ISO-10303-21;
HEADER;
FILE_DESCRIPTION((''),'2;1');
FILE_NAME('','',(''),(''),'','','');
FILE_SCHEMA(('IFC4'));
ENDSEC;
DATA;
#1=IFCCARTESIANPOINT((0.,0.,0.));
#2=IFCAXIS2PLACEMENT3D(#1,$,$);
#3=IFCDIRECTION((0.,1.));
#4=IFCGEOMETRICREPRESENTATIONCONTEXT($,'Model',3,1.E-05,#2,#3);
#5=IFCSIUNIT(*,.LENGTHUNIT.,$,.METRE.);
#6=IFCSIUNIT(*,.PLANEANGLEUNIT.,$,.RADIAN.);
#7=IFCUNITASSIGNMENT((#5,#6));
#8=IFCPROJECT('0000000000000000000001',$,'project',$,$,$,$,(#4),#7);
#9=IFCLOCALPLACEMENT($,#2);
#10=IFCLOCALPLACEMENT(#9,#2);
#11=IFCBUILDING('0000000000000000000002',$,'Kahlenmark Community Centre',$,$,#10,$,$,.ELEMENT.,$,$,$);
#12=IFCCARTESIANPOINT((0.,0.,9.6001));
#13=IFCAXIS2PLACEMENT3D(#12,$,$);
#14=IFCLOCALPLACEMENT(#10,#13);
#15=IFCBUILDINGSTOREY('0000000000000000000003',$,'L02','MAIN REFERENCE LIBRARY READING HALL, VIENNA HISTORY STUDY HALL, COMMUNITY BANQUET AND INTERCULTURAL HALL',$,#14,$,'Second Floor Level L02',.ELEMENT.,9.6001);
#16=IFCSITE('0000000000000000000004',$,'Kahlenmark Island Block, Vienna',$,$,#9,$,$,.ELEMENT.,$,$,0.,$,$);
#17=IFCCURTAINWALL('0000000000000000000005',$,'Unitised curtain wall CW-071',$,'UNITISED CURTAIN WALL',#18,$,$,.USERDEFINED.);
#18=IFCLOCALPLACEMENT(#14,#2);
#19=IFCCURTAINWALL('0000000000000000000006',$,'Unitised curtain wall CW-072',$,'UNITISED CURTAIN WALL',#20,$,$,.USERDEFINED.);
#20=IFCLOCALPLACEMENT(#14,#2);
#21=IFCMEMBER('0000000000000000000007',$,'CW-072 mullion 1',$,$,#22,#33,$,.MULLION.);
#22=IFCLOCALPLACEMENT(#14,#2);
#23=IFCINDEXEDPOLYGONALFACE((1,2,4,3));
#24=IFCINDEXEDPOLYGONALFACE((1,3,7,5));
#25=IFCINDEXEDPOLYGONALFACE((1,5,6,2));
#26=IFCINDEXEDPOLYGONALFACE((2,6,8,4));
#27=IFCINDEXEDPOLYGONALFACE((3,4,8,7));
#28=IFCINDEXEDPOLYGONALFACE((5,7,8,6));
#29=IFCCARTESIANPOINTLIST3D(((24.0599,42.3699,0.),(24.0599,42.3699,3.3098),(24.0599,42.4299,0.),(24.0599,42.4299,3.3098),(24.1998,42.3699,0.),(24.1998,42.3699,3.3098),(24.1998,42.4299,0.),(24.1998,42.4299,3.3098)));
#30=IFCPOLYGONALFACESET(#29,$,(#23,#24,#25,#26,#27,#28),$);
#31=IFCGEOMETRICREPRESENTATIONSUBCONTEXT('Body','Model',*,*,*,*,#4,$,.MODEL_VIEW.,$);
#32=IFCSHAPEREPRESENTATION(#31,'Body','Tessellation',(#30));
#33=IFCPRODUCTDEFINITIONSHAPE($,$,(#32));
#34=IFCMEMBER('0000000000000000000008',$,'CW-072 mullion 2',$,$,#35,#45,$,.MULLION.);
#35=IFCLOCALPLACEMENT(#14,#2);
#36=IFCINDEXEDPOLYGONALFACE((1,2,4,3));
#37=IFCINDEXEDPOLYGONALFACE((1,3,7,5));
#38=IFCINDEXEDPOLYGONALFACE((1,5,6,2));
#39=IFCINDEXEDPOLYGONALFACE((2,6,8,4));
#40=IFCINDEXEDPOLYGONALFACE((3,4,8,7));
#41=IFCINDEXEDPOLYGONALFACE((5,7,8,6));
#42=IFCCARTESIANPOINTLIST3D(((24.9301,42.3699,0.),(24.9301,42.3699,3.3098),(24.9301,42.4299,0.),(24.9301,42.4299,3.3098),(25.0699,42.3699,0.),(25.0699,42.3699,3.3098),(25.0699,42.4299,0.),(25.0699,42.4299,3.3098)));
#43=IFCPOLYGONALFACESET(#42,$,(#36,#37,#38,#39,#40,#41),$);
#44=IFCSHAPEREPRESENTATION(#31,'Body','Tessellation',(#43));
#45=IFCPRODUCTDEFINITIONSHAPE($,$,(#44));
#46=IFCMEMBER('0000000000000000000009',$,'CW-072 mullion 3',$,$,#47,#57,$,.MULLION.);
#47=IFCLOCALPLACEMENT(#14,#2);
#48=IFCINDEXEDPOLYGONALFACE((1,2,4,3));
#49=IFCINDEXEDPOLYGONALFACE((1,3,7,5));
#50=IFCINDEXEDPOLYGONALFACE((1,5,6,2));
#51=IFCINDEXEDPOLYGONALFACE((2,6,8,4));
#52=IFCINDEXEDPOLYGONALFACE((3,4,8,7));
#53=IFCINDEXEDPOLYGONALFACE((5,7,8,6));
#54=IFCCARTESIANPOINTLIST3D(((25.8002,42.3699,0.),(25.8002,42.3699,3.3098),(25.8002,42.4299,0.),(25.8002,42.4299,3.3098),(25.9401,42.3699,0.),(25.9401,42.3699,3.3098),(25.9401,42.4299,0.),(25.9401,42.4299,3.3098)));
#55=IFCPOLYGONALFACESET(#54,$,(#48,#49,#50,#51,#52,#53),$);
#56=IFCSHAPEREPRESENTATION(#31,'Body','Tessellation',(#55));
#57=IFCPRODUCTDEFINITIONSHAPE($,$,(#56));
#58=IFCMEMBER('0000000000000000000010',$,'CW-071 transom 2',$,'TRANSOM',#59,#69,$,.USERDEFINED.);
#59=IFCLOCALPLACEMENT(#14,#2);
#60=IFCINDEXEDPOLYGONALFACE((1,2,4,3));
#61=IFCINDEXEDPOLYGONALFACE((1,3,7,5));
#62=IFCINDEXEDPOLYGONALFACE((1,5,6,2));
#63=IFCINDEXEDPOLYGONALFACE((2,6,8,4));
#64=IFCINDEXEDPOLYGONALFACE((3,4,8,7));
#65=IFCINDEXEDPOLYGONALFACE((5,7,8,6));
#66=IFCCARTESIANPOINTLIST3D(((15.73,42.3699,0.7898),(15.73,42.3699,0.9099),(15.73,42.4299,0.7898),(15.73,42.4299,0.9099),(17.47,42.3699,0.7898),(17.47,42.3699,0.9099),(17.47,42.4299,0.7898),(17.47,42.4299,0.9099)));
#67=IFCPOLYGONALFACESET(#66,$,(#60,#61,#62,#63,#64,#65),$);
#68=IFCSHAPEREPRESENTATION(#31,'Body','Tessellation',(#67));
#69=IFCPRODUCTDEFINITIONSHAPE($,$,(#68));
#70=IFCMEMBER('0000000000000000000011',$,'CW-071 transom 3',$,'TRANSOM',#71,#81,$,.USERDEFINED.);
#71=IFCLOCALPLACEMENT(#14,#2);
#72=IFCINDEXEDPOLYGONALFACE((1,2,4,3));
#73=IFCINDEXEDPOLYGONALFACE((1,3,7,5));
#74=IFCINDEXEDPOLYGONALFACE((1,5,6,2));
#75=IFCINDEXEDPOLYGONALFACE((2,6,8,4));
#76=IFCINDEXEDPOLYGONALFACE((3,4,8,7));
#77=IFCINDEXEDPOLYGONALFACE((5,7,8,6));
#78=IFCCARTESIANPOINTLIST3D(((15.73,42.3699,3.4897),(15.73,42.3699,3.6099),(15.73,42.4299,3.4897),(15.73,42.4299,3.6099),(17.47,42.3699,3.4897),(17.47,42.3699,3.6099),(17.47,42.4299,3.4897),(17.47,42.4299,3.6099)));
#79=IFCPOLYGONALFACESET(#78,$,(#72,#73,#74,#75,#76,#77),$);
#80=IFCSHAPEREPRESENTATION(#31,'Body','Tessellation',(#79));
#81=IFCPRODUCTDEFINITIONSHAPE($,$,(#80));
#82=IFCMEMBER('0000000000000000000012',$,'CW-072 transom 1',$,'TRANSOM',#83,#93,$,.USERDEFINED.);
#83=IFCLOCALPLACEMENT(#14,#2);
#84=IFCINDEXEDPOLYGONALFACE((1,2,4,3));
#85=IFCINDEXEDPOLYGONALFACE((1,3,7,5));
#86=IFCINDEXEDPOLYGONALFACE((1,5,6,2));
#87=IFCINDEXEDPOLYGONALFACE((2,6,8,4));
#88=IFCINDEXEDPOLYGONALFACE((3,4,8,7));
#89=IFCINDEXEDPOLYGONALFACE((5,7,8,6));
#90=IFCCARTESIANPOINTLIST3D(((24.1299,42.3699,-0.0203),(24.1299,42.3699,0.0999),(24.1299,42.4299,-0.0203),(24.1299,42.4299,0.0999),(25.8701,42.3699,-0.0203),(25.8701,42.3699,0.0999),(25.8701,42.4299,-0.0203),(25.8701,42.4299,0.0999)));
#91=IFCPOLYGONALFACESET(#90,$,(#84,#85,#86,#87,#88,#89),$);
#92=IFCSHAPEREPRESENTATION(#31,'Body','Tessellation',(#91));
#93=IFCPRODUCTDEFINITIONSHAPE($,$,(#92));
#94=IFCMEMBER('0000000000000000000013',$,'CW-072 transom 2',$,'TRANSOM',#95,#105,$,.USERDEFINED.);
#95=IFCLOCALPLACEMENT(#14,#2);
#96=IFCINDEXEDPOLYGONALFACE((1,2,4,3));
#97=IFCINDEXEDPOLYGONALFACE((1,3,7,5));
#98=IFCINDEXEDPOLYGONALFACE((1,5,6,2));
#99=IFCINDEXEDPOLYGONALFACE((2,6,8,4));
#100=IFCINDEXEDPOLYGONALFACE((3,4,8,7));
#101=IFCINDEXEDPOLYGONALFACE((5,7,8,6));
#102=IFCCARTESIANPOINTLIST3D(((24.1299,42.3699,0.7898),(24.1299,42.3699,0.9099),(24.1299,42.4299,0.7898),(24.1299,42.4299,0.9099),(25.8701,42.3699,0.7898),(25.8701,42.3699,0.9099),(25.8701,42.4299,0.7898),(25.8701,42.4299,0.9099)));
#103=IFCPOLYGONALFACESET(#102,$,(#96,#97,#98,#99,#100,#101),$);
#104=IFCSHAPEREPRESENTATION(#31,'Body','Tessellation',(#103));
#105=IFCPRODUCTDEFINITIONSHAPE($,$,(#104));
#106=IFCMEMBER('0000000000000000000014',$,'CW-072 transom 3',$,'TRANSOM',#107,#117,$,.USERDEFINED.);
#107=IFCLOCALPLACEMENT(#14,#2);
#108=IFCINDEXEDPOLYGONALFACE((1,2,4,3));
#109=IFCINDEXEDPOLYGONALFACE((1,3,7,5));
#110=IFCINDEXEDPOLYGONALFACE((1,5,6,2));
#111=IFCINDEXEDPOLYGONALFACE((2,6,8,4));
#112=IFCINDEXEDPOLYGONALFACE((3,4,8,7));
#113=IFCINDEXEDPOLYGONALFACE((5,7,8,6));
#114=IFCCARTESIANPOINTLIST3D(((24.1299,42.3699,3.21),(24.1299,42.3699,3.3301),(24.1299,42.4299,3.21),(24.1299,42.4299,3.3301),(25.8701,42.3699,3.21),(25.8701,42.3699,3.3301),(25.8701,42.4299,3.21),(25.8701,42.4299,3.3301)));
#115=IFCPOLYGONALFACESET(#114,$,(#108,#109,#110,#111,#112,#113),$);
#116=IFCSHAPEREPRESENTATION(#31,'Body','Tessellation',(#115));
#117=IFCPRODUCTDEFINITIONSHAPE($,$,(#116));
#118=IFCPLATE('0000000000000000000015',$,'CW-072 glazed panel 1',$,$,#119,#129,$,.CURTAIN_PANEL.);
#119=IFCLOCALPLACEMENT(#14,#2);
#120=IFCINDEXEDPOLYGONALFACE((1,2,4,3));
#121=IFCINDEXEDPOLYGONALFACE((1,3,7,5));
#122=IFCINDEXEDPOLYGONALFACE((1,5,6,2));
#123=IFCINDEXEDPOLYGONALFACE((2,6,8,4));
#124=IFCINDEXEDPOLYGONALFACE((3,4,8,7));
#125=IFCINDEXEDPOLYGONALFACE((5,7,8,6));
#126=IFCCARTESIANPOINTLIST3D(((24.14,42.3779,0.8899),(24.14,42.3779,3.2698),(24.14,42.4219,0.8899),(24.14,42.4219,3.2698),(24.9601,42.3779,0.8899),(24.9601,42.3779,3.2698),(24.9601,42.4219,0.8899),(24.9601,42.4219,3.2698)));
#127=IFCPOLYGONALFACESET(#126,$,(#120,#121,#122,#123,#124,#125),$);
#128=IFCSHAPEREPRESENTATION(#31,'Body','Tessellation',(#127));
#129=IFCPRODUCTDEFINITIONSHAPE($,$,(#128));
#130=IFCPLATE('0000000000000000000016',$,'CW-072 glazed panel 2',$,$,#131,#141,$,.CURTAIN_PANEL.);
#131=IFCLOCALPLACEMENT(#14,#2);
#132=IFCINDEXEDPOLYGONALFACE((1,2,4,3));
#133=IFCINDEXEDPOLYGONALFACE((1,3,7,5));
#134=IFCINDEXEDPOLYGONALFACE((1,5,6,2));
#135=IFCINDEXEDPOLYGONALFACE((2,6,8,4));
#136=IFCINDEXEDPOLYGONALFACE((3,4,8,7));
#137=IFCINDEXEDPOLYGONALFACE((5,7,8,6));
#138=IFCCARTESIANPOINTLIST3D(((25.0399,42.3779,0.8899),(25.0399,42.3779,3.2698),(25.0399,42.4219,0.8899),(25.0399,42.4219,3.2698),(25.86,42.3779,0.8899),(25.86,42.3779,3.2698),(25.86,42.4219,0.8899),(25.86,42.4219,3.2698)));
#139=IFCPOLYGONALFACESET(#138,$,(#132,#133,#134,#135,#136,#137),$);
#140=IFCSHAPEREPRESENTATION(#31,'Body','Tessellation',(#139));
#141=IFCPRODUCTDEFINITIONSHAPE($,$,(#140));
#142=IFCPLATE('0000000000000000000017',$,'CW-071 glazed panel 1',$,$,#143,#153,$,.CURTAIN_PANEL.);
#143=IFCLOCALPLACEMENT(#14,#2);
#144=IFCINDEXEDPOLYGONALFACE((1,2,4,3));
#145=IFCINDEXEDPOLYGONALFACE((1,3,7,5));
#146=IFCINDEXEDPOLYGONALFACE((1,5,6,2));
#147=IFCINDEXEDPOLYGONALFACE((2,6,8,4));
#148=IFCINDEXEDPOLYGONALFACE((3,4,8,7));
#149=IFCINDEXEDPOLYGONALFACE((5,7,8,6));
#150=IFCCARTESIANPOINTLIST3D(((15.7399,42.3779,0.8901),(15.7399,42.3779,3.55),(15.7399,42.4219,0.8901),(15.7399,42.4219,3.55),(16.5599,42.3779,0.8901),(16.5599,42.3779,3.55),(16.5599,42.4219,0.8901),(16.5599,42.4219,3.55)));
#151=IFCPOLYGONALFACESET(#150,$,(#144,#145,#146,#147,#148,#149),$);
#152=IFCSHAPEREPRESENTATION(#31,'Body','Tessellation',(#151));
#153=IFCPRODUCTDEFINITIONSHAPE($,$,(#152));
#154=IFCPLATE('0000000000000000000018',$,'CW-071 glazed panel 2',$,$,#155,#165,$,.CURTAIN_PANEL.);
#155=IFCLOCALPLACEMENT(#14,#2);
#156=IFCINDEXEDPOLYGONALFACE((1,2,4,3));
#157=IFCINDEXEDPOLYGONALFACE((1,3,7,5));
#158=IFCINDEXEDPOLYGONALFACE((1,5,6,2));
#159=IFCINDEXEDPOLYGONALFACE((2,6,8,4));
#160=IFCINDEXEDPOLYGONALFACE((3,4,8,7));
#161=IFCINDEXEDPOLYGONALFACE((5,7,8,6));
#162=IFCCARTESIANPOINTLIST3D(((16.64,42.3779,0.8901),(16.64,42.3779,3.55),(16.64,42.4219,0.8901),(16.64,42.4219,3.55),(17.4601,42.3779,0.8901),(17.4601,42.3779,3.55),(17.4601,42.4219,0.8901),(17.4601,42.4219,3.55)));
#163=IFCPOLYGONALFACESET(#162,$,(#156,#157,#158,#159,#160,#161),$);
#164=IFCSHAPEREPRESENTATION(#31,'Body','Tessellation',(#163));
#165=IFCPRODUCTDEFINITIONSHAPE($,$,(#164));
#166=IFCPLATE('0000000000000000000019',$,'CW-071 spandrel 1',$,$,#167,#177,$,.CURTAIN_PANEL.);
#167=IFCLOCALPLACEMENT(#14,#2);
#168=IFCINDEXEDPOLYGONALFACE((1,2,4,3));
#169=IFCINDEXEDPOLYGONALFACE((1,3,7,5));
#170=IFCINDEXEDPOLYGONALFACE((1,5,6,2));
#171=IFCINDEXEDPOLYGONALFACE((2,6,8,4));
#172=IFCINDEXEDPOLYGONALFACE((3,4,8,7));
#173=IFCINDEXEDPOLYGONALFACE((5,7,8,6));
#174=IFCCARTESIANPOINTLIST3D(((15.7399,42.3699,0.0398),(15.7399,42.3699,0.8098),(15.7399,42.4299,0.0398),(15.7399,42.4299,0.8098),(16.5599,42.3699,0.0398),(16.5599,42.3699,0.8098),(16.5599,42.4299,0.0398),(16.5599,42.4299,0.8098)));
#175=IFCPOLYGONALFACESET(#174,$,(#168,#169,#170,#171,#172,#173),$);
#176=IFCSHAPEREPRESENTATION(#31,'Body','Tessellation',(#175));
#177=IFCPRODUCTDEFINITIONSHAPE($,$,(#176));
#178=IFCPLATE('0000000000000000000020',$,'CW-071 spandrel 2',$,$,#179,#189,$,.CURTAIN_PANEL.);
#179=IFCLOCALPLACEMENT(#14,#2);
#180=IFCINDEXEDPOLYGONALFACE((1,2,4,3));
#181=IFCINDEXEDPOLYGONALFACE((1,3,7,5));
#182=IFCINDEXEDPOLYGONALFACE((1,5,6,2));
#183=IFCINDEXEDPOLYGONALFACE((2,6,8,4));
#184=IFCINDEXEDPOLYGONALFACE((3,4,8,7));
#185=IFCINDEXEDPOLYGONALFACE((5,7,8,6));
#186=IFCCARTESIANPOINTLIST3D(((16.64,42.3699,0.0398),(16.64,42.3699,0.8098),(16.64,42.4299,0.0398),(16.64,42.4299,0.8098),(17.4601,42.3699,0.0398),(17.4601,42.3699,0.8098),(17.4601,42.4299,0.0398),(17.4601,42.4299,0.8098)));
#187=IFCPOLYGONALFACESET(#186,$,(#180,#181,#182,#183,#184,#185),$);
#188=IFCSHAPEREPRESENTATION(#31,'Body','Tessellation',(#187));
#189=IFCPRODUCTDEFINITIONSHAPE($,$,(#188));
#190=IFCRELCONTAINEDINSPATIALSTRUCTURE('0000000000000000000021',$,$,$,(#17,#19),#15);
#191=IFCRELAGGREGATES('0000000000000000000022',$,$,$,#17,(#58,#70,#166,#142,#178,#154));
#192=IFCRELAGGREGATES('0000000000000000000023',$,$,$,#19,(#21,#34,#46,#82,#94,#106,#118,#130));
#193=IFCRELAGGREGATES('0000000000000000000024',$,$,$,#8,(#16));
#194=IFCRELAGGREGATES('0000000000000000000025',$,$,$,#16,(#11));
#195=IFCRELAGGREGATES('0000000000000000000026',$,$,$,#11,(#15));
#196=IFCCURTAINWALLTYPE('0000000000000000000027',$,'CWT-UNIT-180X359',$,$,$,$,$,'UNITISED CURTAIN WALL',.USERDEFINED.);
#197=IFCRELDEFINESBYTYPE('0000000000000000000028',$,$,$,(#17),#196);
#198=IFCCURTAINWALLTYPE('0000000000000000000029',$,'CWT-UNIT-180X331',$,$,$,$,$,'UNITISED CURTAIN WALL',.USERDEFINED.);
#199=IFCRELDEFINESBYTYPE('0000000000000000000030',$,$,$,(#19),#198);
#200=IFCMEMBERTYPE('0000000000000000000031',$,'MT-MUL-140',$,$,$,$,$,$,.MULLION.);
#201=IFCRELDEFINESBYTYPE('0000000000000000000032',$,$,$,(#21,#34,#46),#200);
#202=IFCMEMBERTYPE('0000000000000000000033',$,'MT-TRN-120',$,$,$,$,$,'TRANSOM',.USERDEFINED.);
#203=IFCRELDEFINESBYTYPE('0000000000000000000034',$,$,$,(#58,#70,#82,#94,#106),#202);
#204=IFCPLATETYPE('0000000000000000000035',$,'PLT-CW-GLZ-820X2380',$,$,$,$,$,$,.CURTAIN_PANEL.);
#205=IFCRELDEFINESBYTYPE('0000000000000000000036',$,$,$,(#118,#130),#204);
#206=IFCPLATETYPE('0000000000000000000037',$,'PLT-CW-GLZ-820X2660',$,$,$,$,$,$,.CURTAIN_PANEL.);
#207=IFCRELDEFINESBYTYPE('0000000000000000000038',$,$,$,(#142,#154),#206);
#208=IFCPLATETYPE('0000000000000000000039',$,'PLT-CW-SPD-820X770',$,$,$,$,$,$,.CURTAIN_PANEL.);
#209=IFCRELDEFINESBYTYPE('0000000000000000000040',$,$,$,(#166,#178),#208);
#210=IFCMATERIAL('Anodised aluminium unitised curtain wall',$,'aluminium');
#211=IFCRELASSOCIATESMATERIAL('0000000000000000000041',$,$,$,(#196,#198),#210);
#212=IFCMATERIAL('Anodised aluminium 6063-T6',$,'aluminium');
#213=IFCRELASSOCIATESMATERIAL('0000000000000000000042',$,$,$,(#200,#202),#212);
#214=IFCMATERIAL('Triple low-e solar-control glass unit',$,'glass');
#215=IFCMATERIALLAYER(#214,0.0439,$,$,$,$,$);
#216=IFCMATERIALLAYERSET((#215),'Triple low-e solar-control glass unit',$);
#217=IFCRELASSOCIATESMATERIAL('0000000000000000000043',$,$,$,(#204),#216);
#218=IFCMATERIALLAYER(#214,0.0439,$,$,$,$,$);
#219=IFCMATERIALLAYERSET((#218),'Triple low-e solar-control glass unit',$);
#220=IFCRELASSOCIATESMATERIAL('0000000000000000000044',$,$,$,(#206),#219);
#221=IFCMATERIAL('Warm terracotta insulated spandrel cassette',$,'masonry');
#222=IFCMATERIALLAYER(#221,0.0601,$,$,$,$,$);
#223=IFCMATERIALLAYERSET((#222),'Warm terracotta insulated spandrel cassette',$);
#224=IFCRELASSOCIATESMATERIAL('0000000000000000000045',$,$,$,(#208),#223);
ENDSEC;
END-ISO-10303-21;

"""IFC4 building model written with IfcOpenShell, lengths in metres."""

from ifc_helpers import new_model, si_unit, direction, frame, origin, origin_2d, place, context, subcontext, project, spatial, rectangle, extrude, material, layer, layer_set, material_profile, profile_set, type_object, element, aggregate, save


model = new_model("IFC4")

# Units and contexts
model_context = context("Model", 3, precision=1e-05, world=origin(), true_north=direction((0.0, 1.0)))
body_context = subcontext(model_context, "Body", "Model", "MODEL_VIEW")
ifc_project = project(units=[si_unit("LENGTHUNIT", "METRE"), si_unit("PLANEANGLEUNIT", "RADIAN")], contexts=[model_context])

# Site, building, storey
site_placement = place(None, origin())
site = spatial("IfcSite", under=ifc_project, at=site_placement, Name="Kahlenmark Island Block, Vienna", CompositionType="ELEMENT", RefElevation=0.0)
building_placement = place(site_placement, origin())
building = spatial("IfcBuilding", under=site, at=building_placement, Name="Kahlenmark Community Centre", CompositionType="ELEMENT")
storey_placement = place(building_placement, frame((0.0, 0.0, 9.6001)))
storey = spatial("IfcBuildingStorey", under=building, at=storey_placement, Name="L02", Description="MAIN REFERENCE LIBRARY READING HALL, VIENNA HISTORY STUDY HALL, COMMUNITY BANQUET AND INTERCULTURAL HALL", LongName="Second Floor Level L02", CompositionType="ELEMENT", Elevation=9.6001)

# Curtain walls, members
ifc_material_1 = material(Name="Anodised aluminium unitised curtain wall", Category="aluminium")
curtain_wall_type_1 = type_object("IfcCurtainWallType", Name="CWT-UNIT-180X359", ElementType="UNITISED CURTAIN WALL", PredefinedType="USERDEFINED", material=ifc_material_1)
curtain_wall_1_placement = place(storey_placement, origin())
curtain_wall_1 = element("IfcCurtainWall", 1, at=curtain_wall_1_placement, inside=storey, type_object=curtain_wall_type_1, Name="Unitised curtain wall CW-071", ObjectType="UNITISED CURTAIN WALL", PredefinedType="USERDEFINED")
ifc_material_2 = material(Name="Anodised aluminium 6063-T6", Category="aluminium")
ifc_material_profile_1 = material_profile(ifc_material_2, rectangle(XDim=0.0601, YDim=0.1399, at=origin_2d()), Name="ALU MULLION 60x140")
ifc_profile_set_1 = profile_set([ifc_material_profile_1], Name="Anodised aluminium 6063-T6")
member_type_1 = type_object("IfcMemberType", Name="MT-MUL-140", PredefinedType="MULLION", material=ifc_profile_set_1)
curtain_wall_type_2 = type_object("IfcCurtainWallType", Name="CWT-UNIT-180X331", ElementType="UNITISED CURTAIN WALL", PredefinedType="USERDEFINED", material=ifc_material_1)
curtain_wall_2_placement = place(storey_placement, origin())
curtain_wall_2 = element("IfcCurtainWall", 2, at=curtain_wall_2_placement, inside=storey, type_object=curtain_wall_type_2, Name="Unitised curtain wall CW-072", ObjectType="UNITISED CURTAIN WALL", PredefinedType="USERDEFINED")
member_1_placement = place(storey_placement, frame((24.1299, 42.3999, 0.0), z_axis=(0.0, 0.0, 1.0), x_axis=(0.0, 1.0, 0.0)))
member_1 = element("IfcMember", 3, at=member_1_placement, type_object=member_type_1, Name="CW-072 mullion 1", PredefinedType="MULLION", context=body_context, shape_type="SweptSolid", body=[
    extrude(rectangle(XDim=0.0601, YDim=0.1399, at=origin_2d()), origin(), (0.0, 0.0, 1.0), 3.3098),
])
member_2_placement = place(storey_placement, frame((25.0, 42.3999, 0.0), z_axis=(0.0, 0.0, 1.0), x_axis=(0.0, 1.0, 0.0)))
member_2 = element("IfcMember", 4, at=member_2_placement, type_object=member_type_1, Name="CW-072 mullion 2", PredefinedType="MULLION", context=body_context, shape_type="SweptSolid", body=[
    extrude(rectangle(XDim=0.0601, YDim=0.1399, at=origin_2d()), origin(), (0.0, 0.0, 1.0), 3.3098),
])
member_3_placement = place(storey_placement, frame((25.8701, 42.3999, 0.0), z_axis=(0.0, 0.0, 1.0), x_axis=(0.0, 1.0, 0.0)))
member_3 = element("IfcMember", 5, at=member_3_placement, type_object=member_type_1, Name="CW-072 mullion 3", PredefinedType="MULLION", context=body_context, shape_type="SweptSolid", body=[
    extrude(rectangle(XDim=0.0601, YDim=0.1399, at=origin_2d()), origin(), (0.0, 0.0, 1.0), 3.3098),
])

# Members
ifc_material_profile_2 = material_profile(ifc_material_2, rectangle(XDim=0.0601, YDim=0.1201, at=origin_2d()), Name="ALU TRANSOM 60x120")
ifc_profile_set_2 = profile_set([ifc_material_profile_2], Name="Anodised aluminium 6063-T6")
member_type_2 = type_object("IfcMemberType", Name="MT-TRN-120", ElementType="TRANSOM", PredefinedType="USERDEFINED", material=ifc_profile_set_2)
member_4_placement = place(storey_placement, frame((15.73, 42.3999, 0.8499), z_axis=(1.0, 0.0, 0.0), x_axis=(0.0, 1.0, 0.0)))
member_4 = element("IfcMember", 6, at=member_4_placement, type_object=member_type_2, Name="CW-071 transom 2", ObjectType="TRANSOM", PredefinedType="USERDEFINED", context=body_context, shape_type="SweptSolid", body=[
    extrude(rectangle(XDim=0.0601, YDim=0.1201, at=origin_2d()), origin(), (0.0, 0.0, 1.0), 1.74),
])
member_5_placement = place(storey_placement, frame((15.73, 42.3999, 3.5498), z_axis=(1.0, 0.0, 0.0), x_axis=(0.0, 1.0, 0.0)))
member_5 = element("IfcMember", 7, at=member_5_placement, type_object=member_type_2, Name="CW-071 transom 3", ObjectType="TRANSOM", PredefinedType="USERDEFINED", context=body_context, shape_type="SweptSolid", body=[
    extrude(rectangle(XDim=0.0601, YDim=0.1201, at=origin_2d()), origin(), (0.0, 0.0, 1.0), 1.74),
])
member_6_placement = place(storey_placement, frame((24.1299, 42.3999, 0.0398), z_axis=(1.0, 0.0, 0.0), x_axis=(0.0, 1.0, 0.0)))
member_6 = element("IfcMember", 8, at=member_6_placement, type_object=member_type_2, Name="CW-072 transom 1", ObjectType="TRANSOM", PredefinedType="USERDEFINED", context=body_context, shape_type="SweptSolid", body=[
    extrude(rectangle(XDim=0.0601, YDim=0.1201, at=origin_2d()), origin(), (0.0, 0.0, 1.0), 1.7402),
])
member_7_placement = place(storey_placement, frame((24.1299, 42.3999, 0.8499), z_axis=(1.0, 0.0, 0.0), x_axis=(0.0, 1.0, 0.0)))
member_7 = element("IfcMember", 9, at=member_7_placement, type_object=member_type_2, Name="CW-072 transom 2", ObjectType="TRANSOM", PredefinedType="USERDEFINED", context=body_context, shape_type="SweptSolid", body=[
    extrude(rectangle(XDim=0.0601, YDim=0.1201, at=origin_2d()), origin(), (0.0, 0.0, 1.0), 1.7402),
])
member_8_placement = place(storey_placement, frame((24.1299, 42.3999, 3.27), z_axis=(1.0, 0.0, 0.0), x_axis=(0.0, 1.0, 0.0)))
member_8 = element("IfcMember", 10, at=member_8_placement, type_object=member_type_2, Name="CW-072 transom 3", ObjectType="TRANSOM", PredefinedType="USERDEFINED", context=body_context, shape_type="SweptSolid", body=[
    extrude(rectangle(XDim=0.0601, YDim=0.1201, at=origin_2d()), origin(), (0.0, 0.0, 1.0), 1.7402),
])

# Plates
ifc_material_3 = material(Name="Triple low-e solar-control glass unit", Category="glass")
ifc_layer_1 = layer(ifc_material_3, 0.0439)
ifc_layer_set_1 = layer_set([ifc_layer_1], Name="Triple low-e solar-control glass unit")
plate_type_1 = type_object("IfcPlateType", Name="PLT-CW-GLZ-820X2380", PredefinedType="CURTAIN_PANEL", material=ifc_layer_set_1)
plate_1_placement = place(storey_placement, frame((24.55, 42.3999, 0.8899), z_axis=(0.0, 0.0, 1.0), x_axis=(1.0, 0.0, 0.0)))
plate_1 = element("IfcPlate", 11, at=plate_1_placement, type_object=plate_type_1, Name="CW-072 glazed panel 1", PredefinedType="CURTAIN_PANEL", context=body_context, shape_type="SweptSolid", body=[
    extrude(rectangle(XDim=0.8201, YDim=0.0439, at=origin_2d()), origin(), (0.0, 0.0, 1.0), 2.3799),
])
plate_2_placement = place(storey_placement, frame((25.45, 42.3999, 0.8899), z_axis=(0.0, 0.0, 1.0), x_axis=(1.0, 0.0, 0.0)))
plate_2 = element("IfcPlate", 12, at=plate_2_placement, type_object=plate_type_1, Name="CW-072 glazed panel 2", PredefinedType="CURTAIN_PANEL", context=body_context, shape_type="SweptSolid", body=[
    extrude(rectangle(XDim=0.8201, YDim=0.0439, at=origin_2d()), origin(), (0.0, 0.0, 1.0), 2.3799),
])
ifc_layer_2 = layer(ifc_material_3, 0.0439)
ifc_layer_set_2 = layer_set([ifc_layer_2], Name="Triple low-e solar-control glass unit")
plate_type_2 = type_object("IfcPlateType", Name="PLT-CW-GLZ-820X2660", PredefinedType="CURTAIN_PANEL", material=ifc_layer_set_2)
plate_3_placement = place(storey_placement, frame((16.1499, 42.3999, 0.8901), z_axis=(0.0, 0.0, 1.0), x_axis=(1.0, 0.0, 0.0)))
plate_3 = element("IfcPlate", 13, at=plate_3_placement, type_object=plate_type_2, Name="CW-071 glazed panel 1", PredefinedType="CURTAIN_PANEL", context=body_context, shape_type="SweptSolid", body=[
    extrude(rectangle(XDim=0.8201, YDim=0.0439, at=origin_2d()), origin(), (0.0, 0.0, 1.0), 2.6599),
])
plate_4_placement = place(storey_placement, frame((17.05, 42.3999, 0.8901), z_axis=(0.0, 0.0, 1.0), x_axis=(1.0, 0.0, 0.0)))
plate_4 = element("IfcPlate", 14, at=plate_4_placement, type_object=plate_type_2, Name="CW-071 glazed panel 2", PredefinedType="CURTAIN_PANEL", context=body_context, shape_type="SweptSolid", body=[
    extrude(rectangle(XDim=0.8201, YDim=0.0439, at=origin_2d()), origin(), (0.0, 0.0, 1.0), 2.6599),
])
ifc_material_4 = material(Name="Warm terracotta insulated spandrel cassette", Category="masonry")
ifc_layer_3 = layer(ifc_material_4, 0.0601)
ifc_layer_set_3 = layer_set([ifc_layer_3], Name="Warm terracotta insulated spandrel cassette")
plate_type_3 = type_object("IfcPlateType", Name="PLT-CW-SPD-820X770", PredefinedType="CURTAIN_PANEL", material=ifc_layer_set_3)
plate_5_placement = place(storey_placement, frame((16.1499, 42.3999, 0.0398), z_axis=(0.0, 0.0, 1.0), x_axis=(1.0, 0.0, 0.0)))
plate_5 = element("IfcPlate", 15, at=plate_5_placement, type_object=plate_type_3, Name="CW-071 spandrel 1", PredefinedType="CURTAIN_PANEL", context=body_context, shape_type="SweptSolid", body=[
    extrude(rectangle(XDim=0.8201, YDim=0.0601, at=origin_2d()), origin(), (0.0, 0.0, 1.0), 0.77),
])
plate_6_placement = place(storey_placement, frame((17.05, 42.3999, 0.0398), z_axis=(0.0, 0.0, 1.0), x_axis=(1.0, 0.0, 0.0)))
plate_6 = element("IfcPlate", 16, at=plate_6_placement, type_object=plate_type_3, Name="CW-071 spandrel 2", PredefinedType="CURTAIN_PANEL", context=body_context, shape_type="SweptSolid", body=[
    extrude(rectangle(XDim=0.8201, YDim=0.0601, at=origin_2d()), origin(), (0.0, 0.0, 1.0), 0.77),
])
aggregate(curtain_wall_1, [member_4, member_5, plate_5, plate_3, plate_6, plate_4])
aggregate(curtain_wall_2, [member_1, member_2, member_3, member_6, member_7, member_8, plate_1, plate_2])

save(model, "model.ifc")
